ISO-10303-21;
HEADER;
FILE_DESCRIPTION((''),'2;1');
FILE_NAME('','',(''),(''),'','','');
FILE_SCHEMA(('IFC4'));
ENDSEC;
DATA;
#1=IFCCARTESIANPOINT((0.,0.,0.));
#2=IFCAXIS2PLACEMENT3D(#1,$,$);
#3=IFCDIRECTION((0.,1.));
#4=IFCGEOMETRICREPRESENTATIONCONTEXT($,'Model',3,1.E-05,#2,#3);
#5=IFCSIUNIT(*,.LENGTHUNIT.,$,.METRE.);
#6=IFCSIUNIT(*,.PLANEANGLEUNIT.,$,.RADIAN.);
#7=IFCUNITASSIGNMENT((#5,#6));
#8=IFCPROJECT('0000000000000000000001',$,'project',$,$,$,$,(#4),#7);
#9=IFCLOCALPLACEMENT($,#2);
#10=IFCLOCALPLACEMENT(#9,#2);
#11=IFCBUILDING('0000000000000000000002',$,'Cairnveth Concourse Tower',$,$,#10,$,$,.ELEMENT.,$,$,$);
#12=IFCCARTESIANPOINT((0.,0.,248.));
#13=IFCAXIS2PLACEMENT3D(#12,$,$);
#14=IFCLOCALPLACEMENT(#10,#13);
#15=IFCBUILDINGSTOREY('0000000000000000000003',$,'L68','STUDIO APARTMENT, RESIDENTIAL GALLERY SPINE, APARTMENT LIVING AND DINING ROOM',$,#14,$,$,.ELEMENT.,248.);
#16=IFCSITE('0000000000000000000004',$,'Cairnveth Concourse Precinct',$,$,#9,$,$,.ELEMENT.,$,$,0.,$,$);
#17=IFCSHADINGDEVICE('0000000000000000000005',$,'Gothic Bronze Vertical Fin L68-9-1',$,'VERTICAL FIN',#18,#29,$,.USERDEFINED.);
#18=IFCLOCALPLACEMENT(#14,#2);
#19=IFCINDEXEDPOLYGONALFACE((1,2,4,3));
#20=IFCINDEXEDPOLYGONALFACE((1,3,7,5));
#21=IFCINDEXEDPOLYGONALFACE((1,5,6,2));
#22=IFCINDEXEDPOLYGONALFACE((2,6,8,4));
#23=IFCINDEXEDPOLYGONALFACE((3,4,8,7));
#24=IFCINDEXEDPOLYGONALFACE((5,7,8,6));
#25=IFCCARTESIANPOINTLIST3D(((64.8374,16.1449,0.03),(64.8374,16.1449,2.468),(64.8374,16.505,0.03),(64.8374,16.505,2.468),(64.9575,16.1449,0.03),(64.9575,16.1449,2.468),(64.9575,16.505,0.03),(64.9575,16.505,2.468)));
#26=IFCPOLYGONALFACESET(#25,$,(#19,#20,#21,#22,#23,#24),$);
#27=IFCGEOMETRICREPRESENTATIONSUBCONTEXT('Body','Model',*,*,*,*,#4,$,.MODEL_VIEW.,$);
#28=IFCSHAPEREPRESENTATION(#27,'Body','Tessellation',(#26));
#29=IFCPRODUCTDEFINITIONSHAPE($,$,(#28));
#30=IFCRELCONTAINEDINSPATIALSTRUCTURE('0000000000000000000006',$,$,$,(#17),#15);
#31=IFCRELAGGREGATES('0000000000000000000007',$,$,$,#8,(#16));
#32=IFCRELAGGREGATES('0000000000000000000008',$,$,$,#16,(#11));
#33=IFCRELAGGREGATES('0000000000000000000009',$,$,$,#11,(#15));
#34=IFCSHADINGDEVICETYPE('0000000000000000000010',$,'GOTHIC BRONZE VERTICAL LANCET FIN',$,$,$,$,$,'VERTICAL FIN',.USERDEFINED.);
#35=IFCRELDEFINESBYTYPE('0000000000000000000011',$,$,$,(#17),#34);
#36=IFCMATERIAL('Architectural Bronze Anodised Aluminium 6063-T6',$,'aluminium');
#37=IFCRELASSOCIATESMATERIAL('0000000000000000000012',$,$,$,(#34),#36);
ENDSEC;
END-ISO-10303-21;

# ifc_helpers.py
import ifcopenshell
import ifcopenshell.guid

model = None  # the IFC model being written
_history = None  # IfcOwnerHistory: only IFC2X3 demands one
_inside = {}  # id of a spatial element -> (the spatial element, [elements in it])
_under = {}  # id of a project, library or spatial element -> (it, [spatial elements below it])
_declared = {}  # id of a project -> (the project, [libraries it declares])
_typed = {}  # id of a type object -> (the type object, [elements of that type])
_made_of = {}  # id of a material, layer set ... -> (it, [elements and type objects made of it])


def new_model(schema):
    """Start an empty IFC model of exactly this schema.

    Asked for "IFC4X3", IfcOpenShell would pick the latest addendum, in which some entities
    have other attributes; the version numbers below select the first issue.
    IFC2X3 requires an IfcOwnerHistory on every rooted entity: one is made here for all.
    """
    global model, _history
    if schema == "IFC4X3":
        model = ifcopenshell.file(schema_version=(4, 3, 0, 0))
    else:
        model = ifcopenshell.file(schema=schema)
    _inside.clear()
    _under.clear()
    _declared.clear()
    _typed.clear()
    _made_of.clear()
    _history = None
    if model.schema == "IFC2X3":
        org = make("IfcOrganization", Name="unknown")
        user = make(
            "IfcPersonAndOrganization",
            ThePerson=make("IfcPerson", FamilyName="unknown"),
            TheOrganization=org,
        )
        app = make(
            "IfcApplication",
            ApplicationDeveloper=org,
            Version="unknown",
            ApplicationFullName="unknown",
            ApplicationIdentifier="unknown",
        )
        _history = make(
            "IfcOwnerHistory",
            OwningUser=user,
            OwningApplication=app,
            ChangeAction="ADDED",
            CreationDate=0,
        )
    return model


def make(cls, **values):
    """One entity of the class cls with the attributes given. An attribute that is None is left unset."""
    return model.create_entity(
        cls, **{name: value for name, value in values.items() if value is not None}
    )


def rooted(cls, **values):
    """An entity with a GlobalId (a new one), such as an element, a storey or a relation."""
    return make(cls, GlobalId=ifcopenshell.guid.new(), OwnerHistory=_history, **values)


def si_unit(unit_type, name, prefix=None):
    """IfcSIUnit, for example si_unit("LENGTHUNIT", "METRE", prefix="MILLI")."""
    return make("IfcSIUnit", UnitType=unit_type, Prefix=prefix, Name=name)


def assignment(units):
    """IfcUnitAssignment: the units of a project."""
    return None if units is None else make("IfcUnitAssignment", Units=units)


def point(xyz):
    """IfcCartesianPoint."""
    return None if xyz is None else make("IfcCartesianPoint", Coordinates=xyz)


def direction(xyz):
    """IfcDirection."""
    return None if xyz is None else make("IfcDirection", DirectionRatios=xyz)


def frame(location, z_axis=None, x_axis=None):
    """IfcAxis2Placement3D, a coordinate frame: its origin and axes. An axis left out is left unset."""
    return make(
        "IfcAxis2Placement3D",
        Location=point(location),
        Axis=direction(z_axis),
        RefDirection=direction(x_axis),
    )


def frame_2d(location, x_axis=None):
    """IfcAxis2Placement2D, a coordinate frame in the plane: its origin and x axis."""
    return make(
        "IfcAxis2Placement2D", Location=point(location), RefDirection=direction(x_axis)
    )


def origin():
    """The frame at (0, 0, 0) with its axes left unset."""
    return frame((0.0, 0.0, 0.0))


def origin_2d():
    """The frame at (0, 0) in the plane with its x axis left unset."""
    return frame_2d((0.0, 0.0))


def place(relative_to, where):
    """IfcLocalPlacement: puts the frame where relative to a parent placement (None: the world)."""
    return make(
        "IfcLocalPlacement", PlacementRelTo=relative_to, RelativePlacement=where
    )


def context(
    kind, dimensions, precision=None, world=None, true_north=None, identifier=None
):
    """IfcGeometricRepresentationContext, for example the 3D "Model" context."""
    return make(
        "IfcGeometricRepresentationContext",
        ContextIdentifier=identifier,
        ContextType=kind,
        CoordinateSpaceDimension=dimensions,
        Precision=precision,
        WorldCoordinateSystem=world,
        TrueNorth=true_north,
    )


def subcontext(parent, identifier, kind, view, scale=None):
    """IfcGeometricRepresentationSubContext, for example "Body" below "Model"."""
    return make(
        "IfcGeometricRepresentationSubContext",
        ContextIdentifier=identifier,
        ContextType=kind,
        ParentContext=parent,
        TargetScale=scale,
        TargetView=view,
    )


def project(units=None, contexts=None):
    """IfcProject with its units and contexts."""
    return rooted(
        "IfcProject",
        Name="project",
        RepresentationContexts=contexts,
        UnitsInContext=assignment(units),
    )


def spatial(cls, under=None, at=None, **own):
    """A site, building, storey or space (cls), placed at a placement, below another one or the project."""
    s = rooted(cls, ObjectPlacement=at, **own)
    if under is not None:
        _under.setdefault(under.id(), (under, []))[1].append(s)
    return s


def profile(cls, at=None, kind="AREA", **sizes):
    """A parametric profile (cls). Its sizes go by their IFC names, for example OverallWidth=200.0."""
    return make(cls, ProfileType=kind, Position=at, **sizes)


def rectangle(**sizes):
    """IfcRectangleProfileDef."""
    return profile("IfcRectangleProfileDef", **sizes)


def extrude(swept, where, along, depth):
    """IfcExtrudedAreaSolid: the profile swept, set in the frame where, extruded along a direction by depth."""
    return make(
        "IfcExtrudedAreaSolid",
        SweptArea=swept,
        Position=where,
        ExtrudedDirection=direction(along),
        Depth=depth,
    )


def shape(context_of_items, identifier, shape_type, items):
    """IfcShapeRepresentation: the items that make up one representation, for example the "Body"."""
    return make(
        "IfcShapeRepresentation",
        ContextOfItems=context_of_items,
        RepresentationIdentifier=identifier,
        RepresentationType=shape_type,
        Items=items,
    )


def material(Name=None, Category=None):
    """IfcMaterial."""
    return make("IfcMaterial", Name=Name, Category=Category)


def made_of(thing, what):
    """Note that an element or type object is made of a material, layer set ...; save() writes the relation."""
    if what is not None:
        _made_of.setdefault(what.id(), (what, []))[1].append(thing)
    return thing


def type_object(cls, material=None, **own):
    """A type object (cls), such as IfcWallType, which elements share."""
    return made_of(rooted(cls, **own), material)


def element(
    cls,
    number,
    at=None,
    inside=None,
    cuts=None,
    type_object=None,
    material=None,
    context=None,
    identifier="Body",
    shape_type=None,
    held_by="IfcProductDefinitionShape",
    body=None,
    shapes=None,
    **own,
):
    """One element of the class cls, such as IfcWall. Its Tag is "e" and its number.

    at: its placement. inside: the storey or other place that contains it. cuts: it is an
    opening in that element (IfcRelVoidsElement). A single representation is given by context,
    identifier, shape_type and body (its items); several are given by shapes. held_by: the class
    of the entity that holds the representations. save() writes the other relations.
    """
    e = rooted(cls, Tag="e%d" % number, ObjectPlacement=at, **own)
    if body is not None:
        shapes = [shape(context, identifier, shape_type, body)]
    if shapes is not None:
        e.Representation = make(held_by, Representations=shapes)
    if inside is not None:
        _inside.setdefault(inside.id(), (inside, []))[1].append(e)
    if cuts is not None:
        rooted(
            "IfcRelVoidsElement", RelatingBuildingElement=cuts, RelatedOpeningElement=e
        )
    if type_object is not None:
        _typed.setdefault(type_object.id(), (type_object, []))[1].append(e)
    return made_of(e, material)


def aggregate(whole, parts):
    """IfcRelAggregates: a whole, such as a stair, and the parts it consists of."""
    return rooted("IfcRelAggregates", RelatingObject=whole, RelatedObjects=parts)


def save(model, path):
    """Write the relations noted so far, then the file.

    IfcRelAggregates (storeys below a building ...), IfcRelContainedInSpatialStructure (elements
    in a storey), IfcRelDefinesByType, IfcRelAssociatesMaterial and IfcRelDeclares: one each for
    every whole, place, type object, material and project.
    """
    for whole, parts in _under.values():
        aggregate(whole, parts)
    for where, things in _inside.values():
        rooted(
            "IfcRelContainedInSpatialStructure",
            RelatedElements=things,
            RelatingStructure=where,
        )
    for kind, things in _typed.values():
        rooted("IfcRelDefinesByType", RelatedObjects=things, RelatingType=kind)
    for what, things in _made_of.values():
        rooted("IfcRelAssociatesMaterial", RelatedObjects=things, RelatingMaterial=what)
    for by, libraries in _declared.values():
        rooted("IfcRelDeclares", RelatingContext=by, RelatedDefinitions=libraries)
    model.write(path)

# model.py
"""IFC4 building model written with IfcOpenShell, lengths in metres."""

from ifc_helpers import new_model, si_unit, direction, frame, origin, origin_2d, place, context, subcontext, project, spatial, rectangle, extrude, material, type_object, element, save


model = new_model("IFC4")

# Units and contexts
model_context = context("Model", 3, precision=1e-05, world=origin(), true_north=direction((0.0, 1.0)))
body_context = subcontext(model_context, "Body", "Model", "MODEL_VIEW")
ifc_project = project(units=[si_unit("LENGTHUNIT", "METRE"), si_unit("PLANEANGLEUNIT", "RADIAN")], contexts=[model_context])

# Site, building, storey
site_placement = place(None, origin())
site = spatial("IfcSite", under=ifc_project, at=site_placement, Name="Cairnveth Concourse Precinct", CompositionType="ELEMENT", RefElevation=0.0)
building_placement = place(site_placement, origin())
building = spatial("IfcBuilding", under=site, at=building_placement, Name="Cairnveth Concourse Tower", CompositionType="ELEMENT")
storey_placement = place(building_placement, frame((0.0, 0.0, 248.0)))
storey = spatial("IfcBuildingStorey", under=building, at=storey_placement, Name="L68", Description="STUDIO APARTMENT, RESIDENTIAL GALLERY SPINE, APARTMENT LIVING AND DINING ROOM", CompositionType="ELEMENT", Elevation=248.0)

# Shading device
ifc_material_1 = material(Name="Architectural Bronze Anodised Aluminium 6063-T6", Category="aluminium")
shading_device_type = type_object("IfcShadingDeviceType", Name="GOTHIC BRONZE VERTICAL LANCET FIN", ElementType="VERTICAL FIN", PredefinedType="USERDEFINED", material=ifc_material_1)
shading_device_placement = place(storey_placement, frame((64.8975, 16.325, 0.03), z_axis=(0.0, 0.0, 1.0), x_axis=(1.0, 0.0, 0.0)))
element("IfcShadingDevice", 1, at=shading_device_placement, inside=storey, type_object=shading_device_type, Name="Gothic Bronze Vertical Fin L68-9-1", ObjectType="VERTICAL FIN", PredefinedType="USERDEFINED", context=body_context, shape_type="SweptSolid", body=[
    extrude(rectangle(XDim=0.1201, YDim=0.3601, at=origin_2d()), origin(), (0.0, 0.0, 1.0), 2.438),
])

save(model, "model.ifc")
